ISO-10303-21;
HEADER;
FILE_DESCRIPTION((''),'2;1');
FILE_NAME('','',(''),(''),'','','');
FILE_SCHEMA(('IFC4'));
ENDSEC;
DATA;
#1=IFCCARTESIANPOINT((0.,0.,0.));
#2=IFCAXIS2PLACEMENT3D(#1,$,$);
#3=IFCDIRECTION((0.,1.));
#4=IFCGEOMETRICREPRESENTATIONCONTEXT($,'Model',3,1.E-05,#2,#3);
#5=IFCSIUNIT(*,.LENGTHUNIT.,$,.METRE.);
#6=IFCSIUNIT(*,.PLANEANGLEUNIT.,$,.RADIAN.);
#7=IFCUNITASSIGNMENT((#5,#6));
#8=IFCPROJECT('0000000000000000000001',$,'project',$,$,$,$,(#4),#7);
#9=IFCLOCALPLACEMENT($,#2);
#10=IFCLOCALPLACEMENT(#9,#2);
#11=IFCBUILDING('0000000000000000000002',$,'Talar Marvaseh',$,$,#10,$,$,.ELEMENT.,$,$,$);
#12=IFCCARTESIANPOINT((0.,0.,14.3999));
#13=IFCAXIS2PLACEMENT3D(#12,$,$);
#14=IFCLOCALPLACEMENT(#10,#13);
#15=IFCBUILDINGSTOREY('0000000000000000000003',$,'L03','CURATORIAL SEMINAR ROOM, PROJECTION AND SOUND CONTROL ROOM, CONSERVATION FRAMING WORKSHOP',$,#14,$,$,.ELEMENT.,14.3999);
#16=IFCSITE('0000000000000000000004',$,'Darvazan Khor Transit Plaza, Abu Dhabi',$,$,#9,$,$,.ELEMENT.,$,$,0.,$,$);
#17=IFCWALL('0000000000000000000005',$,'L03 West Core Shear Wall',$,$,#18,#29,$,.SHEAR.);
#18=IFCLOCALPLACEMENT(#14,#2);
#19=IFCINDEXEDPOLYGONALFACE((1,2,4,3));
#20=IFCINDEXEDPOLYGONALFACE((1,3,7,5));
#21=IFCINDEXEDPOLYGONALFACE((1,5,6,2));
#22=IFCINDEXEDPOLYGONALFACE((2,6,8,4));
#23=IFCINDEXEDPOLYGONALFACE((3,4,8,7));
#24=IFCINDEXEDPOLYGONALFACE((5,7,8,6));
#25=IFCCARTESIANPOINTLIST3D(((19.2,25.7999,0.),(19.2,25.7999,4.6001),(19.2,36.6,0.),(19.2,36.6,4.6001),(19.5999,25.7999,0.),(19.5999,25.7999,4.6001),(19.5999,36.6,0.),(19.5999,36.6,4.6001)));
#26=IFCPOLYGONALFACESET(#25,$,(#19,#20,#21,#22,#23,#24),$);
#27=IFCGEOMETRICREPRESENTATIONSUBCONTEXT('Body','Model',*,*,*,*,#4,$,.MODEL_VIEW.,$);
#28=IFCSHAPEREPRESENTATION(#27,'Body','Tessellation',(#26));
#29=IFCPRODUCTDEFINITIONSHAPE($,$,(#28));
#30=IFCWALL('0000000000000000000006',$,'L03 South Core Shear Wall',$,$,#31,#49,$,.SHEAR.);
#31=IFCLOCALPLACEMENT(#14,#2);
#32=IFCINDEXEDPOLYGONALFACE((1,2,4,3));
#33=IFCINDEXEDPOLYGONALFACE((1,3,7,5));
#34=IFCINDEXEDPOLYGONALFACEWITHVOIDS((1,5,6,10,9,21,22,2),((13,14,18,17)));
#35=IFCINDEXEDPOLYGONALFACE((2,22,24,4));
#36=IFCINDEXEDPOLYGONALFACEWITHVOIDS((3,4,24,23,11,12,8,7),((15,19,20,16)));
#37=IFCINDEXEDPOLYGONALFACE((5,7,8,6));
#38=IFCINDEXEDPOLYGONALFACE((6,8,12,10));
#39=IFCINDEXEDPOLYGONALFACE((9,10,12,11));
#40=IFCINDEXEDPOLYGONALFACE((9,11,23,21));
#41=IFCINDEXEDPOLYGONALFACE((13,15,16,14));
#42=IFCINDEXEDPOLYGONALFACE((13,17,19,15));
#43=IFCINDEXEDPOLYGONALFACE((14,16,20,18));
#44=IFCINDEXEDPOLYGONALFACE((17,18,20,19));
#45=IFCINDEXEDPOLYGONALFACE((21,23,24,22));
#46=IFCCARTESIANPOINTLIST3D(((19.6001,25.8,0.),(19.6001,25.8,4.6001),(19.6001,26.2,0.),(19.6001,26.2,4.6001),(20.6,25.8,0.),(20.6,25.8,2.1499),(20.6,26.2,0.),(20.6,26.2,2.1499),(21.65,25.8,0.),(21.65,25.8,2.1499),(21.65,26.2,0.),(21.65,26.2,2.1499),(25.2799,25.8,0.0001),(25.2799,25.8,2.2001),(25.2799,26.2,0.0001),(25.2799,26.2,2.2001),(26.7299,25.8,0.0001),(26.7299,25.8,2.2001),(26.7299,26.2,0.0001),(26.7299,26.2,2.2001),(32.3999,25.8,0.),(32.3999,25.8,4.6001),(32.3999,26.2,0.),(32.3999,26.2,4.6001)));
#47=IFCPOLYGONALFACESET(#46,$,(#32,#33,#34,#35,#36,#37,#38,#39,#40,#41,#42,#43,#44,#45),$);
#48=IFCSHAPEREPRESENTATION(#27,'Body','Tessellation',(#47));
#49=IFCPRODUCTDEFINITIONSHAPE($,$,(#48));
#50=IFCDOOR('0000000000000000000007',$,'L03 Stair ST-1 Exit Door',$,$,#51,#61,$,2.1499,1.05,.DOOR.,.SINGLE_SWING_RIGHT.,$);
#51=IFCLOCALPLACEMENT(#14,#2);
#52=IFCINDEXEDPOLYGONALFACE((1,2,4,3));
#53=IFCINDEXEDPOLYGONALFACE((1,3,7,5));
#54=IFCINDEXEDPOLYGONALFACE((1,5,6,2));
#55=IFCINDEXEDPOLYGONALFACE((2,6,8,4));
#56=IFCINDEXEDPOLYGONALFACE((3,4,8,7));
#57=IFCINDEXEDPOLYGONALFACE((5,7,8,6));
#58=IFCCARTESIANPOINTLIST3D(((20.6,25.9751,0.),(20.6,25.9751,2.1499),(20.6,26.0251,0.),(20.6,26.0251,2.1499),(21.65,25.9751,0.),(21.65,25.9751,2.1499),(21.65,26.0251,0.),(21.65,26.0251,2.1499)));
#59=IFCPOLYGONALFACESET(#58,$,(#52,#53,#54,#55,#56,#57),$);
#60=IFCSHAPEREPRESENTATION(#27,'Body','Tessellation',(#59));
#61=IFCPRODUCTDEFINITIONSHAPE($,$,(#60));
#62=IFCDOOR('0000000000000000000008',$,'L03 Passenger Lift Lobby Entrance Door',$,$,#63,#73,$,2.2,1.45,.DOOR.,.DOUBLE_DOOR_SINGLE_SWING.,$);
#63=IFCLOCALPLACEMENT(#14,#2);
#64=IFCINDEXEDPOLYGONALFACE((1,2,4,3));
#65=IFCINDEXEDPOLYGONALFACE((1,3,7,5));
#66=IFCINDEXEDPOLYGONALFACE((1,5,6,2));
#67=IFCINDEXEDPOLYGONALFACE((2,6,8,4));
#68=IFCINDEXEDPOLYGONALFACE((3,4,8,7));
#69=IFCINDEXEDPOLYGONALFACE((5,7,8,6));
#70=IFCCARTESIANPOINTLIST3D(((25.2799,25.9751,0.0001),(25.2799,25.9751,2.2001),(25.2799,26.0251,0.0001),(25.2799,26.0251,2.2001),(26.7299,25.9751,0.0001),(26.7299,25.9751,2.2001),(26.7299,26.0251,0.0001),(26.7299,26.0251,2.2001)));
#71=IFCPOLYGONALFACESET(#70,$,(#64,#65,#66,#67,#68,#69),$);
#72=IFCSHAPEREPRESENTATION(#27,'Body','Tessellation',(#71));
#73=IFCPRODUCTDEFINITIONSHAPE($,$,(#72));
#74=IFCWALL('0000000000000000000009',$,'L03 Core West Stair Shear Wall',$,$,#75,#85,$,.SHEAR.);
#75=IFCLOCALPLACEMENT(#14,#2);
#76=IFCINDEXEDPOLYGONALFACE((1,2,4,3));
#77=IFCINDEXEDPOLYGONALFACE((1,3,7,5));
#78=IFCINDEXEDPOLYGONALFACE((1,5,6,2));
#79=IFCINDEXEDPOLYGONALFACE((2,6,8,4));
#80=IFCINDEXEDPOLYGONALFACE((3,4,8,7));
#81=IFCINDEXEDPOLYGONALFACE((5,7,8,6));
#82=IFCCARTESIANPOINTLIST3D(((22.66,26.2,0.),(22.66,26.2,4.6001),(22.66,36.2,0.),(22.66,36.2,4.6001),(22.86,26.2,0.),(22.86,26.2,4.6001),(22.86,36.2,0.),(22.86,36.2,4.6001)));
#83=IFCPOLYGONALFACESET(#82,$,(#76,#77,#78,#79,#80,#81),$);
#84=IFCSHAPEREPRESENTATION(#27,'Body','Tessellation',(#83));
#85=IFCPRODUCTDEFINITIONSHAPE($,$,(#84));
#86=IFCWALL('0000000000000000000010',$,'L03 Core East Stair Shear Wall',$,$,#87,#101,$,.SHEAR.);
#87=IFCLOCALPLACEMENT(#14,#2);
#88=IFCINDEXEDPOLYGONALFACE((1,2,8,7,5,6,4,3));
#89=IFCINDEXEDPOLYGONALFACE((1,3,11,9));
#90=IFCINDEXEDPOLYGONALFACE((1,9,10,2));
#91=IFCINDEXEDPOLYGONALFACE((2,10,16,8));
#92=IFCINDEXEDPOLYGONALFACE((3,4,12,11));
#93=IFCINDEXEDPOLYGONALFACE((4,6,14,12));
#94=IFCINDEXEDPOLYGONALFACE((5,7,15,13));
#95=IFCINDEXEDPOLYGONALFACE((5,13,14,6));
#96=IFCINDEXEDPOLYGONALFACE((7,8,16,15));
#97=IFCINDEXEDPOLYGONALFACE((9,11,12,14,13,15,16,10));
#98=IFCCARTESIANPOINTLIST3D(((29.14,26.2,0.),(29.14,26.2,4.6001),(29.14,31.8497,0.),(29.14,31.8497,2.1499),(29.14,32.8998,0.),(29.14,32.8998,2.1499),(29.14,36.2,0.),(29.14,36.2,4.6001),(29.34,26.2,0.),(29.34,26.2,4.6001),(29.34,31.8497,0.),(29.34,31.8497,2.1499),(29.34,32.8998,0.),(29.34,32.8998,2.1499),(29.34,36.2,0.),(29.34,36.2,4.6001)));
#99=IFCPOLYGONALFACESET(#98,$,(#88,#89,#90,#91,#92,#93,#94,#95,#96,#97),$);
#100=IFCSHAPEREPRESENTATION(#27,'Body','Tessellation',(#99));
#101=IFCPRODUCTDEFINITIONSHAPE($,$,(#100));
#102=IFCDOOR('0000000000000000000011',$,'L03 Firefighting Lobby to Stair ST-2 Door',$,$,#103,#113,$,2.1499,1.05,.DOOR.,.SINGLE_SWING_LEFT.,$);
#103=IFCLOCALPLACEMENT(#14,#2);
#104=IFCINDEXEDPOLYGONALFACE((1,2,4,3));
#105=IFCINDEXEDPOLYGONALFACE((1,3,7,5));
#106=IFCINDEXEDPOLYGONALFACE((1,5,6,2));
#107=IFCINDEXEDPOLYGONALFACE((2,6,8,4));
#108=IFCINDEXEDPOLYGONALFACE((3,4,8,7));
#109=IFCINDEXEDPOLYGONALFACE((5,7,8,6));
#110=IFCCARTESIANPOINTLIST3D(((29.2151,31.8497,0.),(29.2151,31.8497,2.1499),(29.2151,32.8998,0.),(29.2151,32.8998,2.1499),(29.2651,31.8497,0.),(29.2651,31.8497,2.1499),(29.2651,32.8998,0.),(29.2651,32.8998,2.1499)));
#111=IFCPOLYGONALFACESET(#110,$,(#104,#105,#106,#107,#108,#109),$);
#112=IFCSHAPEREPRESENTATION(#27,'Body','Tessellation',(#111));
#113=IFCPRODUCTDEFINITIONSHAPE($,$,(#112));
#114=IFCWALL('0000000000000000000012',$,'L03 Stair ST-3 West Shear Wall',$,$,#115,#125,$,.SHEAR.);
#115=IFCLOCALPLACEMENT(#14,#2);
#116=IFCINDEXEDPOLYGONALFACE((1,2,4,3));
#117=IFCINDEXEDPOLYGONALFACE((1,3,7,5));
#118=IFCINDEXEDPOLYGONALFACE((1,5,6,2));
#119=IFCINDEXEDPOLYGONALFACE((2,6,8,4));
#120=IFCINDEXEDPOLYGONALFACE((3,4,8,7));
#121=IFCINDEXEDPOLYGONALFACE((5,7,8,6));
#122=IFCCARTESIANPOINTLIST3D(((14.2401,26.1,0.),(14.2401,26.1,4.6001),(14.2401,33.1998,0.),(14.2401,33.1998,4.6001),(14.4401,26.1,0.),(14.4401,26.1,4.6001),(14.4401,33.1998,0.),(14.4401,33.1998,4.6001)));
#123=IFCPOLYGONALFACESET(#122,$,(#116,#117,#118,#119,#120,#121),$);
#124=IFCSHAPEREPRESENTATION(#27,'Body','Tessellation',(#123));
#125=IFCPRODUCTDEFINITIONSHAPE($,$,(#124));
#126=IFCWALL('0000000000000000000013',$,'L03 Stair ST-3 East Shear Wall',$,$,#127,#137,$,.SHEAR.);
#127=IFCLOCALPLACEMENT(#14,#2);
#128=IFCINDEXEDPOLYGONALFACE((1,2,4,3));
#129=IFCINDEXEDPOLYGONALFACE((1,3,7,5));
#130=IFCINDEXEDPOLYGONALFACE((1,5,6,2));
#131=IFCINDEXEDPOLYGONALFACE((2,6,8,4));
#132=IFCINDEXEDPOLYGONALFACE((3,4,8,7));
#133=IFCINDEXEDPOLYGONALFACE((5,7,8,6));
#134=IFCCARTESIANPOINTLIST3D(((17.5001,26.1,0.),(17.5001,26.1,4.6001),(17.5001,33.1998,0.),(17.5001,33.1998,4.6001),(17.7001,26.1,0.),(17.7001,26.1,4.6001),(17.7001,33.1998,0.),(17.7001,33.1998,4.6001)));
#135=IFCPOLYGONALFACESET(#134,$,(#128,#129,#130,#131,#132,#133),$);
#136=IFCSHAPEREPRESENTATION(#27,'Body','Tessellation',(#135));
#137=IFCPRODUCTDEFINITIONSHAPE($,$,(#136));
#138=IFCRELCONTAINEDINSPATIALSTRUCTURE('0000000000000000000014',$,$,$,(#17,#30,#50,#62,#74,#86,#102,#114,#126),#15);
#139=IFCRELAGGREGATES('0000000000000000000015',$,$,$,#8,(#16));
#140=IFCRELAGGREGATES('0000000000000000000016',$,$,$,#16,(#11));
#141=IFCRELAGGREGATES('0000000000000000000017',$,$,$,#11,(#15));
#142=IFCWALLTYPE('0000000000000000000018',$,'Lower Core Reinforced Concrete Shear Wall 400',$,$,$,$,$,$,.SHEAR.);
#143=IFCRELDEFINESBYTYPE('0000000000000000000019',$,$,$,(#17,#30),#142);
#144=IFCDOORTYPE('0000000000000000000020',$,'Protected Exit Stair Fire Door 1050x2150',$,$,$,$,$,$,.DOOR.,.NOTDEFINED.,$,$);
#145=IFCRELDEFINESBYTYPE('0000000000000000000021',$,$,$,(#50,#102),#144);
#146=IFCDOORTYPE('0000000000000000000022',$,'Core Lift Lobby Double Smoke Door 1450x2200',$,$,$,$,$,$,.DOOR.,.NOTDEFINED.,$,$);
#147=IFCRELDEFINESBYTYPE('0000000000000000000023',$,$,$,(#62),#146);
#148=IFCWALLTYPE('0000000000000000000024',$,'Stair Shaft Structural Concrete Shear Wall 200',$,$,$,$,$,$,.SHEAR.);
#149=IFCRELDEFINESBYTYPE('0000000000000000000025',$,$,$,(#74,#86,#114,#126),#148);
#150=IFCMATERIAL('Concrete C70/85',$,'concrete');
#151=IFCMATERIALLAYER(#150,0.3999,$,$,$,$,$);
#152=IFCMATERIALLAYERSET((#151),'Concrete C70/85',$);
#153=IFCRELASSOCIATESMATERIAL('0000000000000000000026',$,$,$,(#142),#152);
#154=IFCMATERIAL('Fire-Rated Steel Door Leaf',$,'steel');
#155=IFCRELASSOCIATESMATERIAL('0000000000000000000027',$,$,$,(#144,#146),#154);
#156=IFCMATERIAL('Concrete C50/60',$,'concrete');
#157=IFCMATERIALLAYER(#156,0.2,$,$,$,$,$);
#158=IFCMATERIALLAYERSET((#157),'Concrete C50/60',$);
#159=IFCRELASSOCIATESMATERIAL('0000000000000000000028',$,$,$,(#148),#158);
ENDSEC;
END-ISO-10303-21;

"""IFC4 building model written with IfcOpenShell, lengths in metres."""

from ifc_helpers import new_model, si_unit, direction, frame, frame_2d, origin, place, context, subcontext, project, spatial, rectangle, extrude, source, transform, mapped, material, layer, layer_set, type_object, type_shapes, element, fill, save


model = new_model("IFC4")

# Units and contexts
model_context = context("Model", 3, precision=1e-05, world=origin(), true_north=direction((0.0, 1.0)))
body_context = subcontext(model_context, "Body", "Model", "MODEL_VIEW")
ifc_project = project(units=[si_unit("LENGTHUNIT", "METRE"), si_unit("PLANEANGLEUNIT", "RADIAN")], contexts=[model_context])

# Site, building, storey
site_placement = place(None, origin())
site = spatial("IfcSite", under=ifc_project, at=site_placement, Name="Darvazan Khor Transit Plaza, Abu Dhabi", CompositionType="ELEMENT", RefElevation=0.0)
building_placement = place(site_placement, origin())
building = spatial("IfcBuilding", under=site, at=building_placement, Name="Talar Marvaseh", CompositionType="ELEMENT")
storey_placement = place(building_placement, frame((0.0, 0.0, 14.3999)))
storey = spatial("IfcBuildingStorey", under=building, at=storey_placement, Name="L03", Description="CURATORIAL SEMINAR ROOM, PROJECTION AND SOUND CONTROL ROOM, CONSERVATION FRAMING WORKSHOP", CompositionType="ELEMENT", Elevation=14.3999)

# Shared definitions
ifc_material_1 = material(Name="Concrete C70/85", Category="concrete")

# Wall
ifc_layer_1 = layer(ifc_material_1, 0.3999)
ifc_layer_set_1 = layer_set([ifc_layer_1], Name="Concrete C70/85")
wall_type_1 = type_object("IfcWallType", Name="Lower Core Reinforced Concrete Shear Wall 400", PredefinedType="SHEAR", material=ifc_layer_set_1)
wall_1_placement = place(storey_placement, frame((19.3999, 25.8, 0.0), z_axis=(0.0, 0.0, 1.0), x_axis=(0.0, 1.0, 0.0)))
element("IfcWall", 1, at=wall_1_placement, inside=storey, type_object=wall_type_1, Name="L03 West Core Shear Wall", PredefinedType="SHEAR", context=body_context, shape_type="SweptSolid", body=[
    extrude(rectangle(XDim=10.8, YDim=0.3999, at=frame_2d((5.3999, 0.0))), origin(), (0.0, 0.0, 1.0), 4.6001),
])

# Wall, openings, doors
wall_2_placement = place(storey_placement, frame((32.3999, 26.0, 0.0), z_axis=(0.0, 0.0, 1.0), x_axis=(-1.0, 0.0, 0.0)))
wall_2 = element("IfcWall", 2, at=wall_2_placement, inside=storey, type_object=wall_type_1, Name="L03 South Core Shear Wall", PredefinedType="SHEAR", context=body_context, shape_type="SweptSolid", body=[
    extrude(rectangle(XDim=12.7998, YDim=0.3999, at=frame_2d((6.3999, 0.0))), origin(), (0.0, 0.0, 1.0), 4.6001),
])
opening_1_placement = place(wall_2_placement, frame((10.75, 0.0, 0.0)))
opening_1 = element("IfcOpeningElement", 3, at=opening_1_placement, cuts=wall_2, PredefinedType="OPENING", context=body_context, shape_type="SweptSolid", body=[
    extrude(rectangle(XDim=1.05, YDim=2.1499, at=frame_2d((0.5249, 1.075))), frame((0.0, 0.21, 0.0), z_axis=(0.0, -1.0, 0.0), x_axis=(1.0, 0.0, 0.0)), (0.0, 0.0, 1.0), 0.4199),
])
opening_2_placement = place(wall_2_placement, frame((5.6699, 0.0, 0.0)))
opening_2 = element("IfcOpeningElement", 4, at=opening_2_placement, cuts=wall_2, PredefinedType="OPENING", context=body_context, shape_type="SweptSolid", body=[
    extrude(rectangle(XDim=1.45, YDim=2.2, at=frame_2d((0.7251, 1.1001))), frame((0.0, 0.21, 0.0), z_axis=(0.0, -1.0, 0.0), x_axis=(1.0, 0.0, 0.0)), (0.0, 0.0, 1.0), 0.4199),
])
ifc_material_2 = material(Name="Fire-Rated Steel Door Leaf", Category="steel")
door_type_1 = type_object("IfcDoorType", Name="Protected Exit Stair Fire Door 1050x2150", OperationType="NOTDEFINED", PredefinedType="DOOR", material=ifc_material_2)
shared_shape_1 = source(origin(), body_context, "Body", "SweptSolid", [
    extrude(rectangle(XDim=1.05, YDim=2.1499, at=frame_2d((0.5249, 1.075))), frame((0.0, 0.0249, 0.0), z_axis=(0.0, -1.0, 0.0), x_axis=(1.0, 0.0, 0.0)), (0.0, 0.0, 1.0), 0.05),
])
type_shapes(door_type_1, [shared_shape_1])
door_1_placement = place(opening_1_placement, origin())
door_1 = element("IfcDoor", 5, at=door_1_placement, inside=storey, type_object=door_type_1, Name="L03 Stair ST-1 Exit Door", OperationType="SINGLE_SWING_RIGHT", OverallHeight=2.1499, OverallWidth=1.05, PredefinedType="DOOR", context=body_context, shape_type="MappedRepresentation", body=[
    mapped(shared_shape_1, transform((0.0, 0.0, 0.0), x_axis=(1.0, 0.0, 0.0), y_axis=(0.0, 1.0, 0.0), z_axis=(0.0, 0.0, 1.0), scale=1.0)),
])
fill(opening_1, door_1)
door_type_2 = type_object("IfcDoorType", Name="Core Lift Lobby Double Smoke Door 1450x2200", OperationType="NOTDEFINED", PredefinedType="DOOR", material=ifc_material_2)
shared_shape_2 = source(origin(), body_context, "Body", "SweptSolid", [
    extrude(rectangle(XDim=1.45, YDim=2.2, at=frame_2d((0.7251, 1.1001))), frame((0.0, 0.0249, 0.0), z_axis=(0.0, -1.0, 0.0), x_axis=(1.0, 0.0, 0.0)), (0.0, 0.0, 1.0), 0.05),
])
type_shapes(door_type_2, [shared_shape_2])
door_2_placement = place(opening_2_placement, origin())
door_2 = element("IfcDoor", 6, at=door_2_placement, inside=storey, type_object=door_type_2, Name="L03 Passenger Lift Lobby Entrance Door", OperationType="DOUBLE_DOOR_SINGLE_SWING", OverallHeight=2.2, OverallWidth=1.45, PredefinedType="DOOR", context=body_context, shape_type="MappedRepresentation", body=[
    mapped(shared_shape_2, transform((0.0, 0.0, 0.0), x_axis=(1.0, 0.0, 0.0), y_axis=(0.0, 1.0, 0.0), z_axis=(0.0, 0.0, 1.0), scale=1.0)),
])
fill(opening_2, door_2)

# Wall
ifc_material_3 = material(Name="Concrete C50/60", Category="concrete")
ifc_layer_2 = layer(ifc_material_3, 0.2)
ifc_layer_set_2 = layer_set([ifc_layer_2], Name="Concrete C50/60")
wall_type_2 = type_object("IfcWallType", Name="Stair Shaft Structural Concrete Shear Wall 200", PredefinedType="SHEAR", material=ifc_layer_set_2)
wall_3_placement = place(storey_placement, frame((22.76, 26.2, 0.0), z_axis=(0.0, 0.0, 1.0), x_axis=(0.0, 1.0, 0.0)))
element("IfcWall", 7, at=wall_3_placement, inside=storey, type_object=wall_type_2, Name="L03 Core West Stair Shear Wall", PredefinedType="SHEAR", context=body_context, shape_type="SweptSolid", body=[
    extrude(rectangle(XDim=10.0, YDim=0.2, at=frame_2d((5.0, 0.0))), origin(), (0.0, 0.0, 1.0), 4.6001),
])

# Wall, opening, door
wall_4_placement = place(storey_placement, frame((29.24, 26.2, 0.0), z_axis=(0.0, 0.0, 1.0), x_axis=(0.0, 1.0, 0.0)))
wall_4 = element("IfcWall", 8, at=wall_4_placement, inside=storey, type_object=wall_type_2, Name="L03 Core East Stair Shear Wall", PredefinedType="SHEAR", context=body_context, shape_type="SweptSolid", body=[
    extrude(rectangle(XDim=10.0, YDim=0.2, at=frame_2d((5.0, 0.0))), origin(), (0.0, 0.0, 1.0), 4.6001),
])
opening_3_placement = place(wall_4_placement, frame((5.6499, 0.0, 0.0)))
opening_3 = element("IfcOpeningElement", 9, at=opening_3_placement, cuts=wall_4, PredefinedType="OPENING", context=body_context, shape_type="SweptSolid", body=[
    extrude(rectangle(XDim=1.05, YDim=2.1499, at=frame_2d((0.5249, 1.075))), frame((0.0, 0.1099, 0.0), z_axis=(0.0, -1.0, 0.0), x_axis=(1.0, 0.0, 0.0)), (0.0, 0.0, 1.0), 0.22),
])
door_3_placement = place(opening_3_placement, origin())
door_3 = element("IfcDoor", 10, at=door_3_placement, inside=storey, type_object=door_type_1, Name="L03 Firefighting Lobby to Stair ST-2 Door", OperationType="SINGLE_SWING_LEFT", OverallHeight=2.1499, OverallWidth=1.05, PredefinedType="DOOR", context=body_context, shape_type="MappedRepresentation", body=[
    mapped(shared_shape_1, transform((0.0, 0.0, 0.0), x_axis=(1.0, 0.0, 0.0), y_axis=(0.0, 1.0, 0.0), z_axis=(0.0, 0.0, 1.0), scale=1.0)),
])
fill(opening_3, door_3)

# Walls
for number, where, z_axis, x_axis, name in (
    (11, (14.3401, 26.1001, 0.0), (0.0, 0.0, 1.0), (0.0, 1.0, 0.0), "L03 Stair ST-3 West Shear Wall"),
    (12, (17.6001, 26.1001, 0.0), (0.0, 0.0, 1.0), (0.0, 1.0, 0.0), "L03 Stair ST-3 East Shear Wall"),
):
    element("IfcWall", number, at=place(storey_placement, frame(where, z_axis=z_axis, x_axis=x_axis)), inside=storey, type_object=wall_type_2, Name=name, PredefinedType="SHEAR", context=body_context, shape_type="SweptSolid", body=[
        extrude(rectangle(XDim=7.0999, YDim=0.2, at=frame_2d((3.5498, 0.0))), origin(), (0.0, 0.0, 1.0), 4.6001),
    ])

save(model, "model.ifc")
